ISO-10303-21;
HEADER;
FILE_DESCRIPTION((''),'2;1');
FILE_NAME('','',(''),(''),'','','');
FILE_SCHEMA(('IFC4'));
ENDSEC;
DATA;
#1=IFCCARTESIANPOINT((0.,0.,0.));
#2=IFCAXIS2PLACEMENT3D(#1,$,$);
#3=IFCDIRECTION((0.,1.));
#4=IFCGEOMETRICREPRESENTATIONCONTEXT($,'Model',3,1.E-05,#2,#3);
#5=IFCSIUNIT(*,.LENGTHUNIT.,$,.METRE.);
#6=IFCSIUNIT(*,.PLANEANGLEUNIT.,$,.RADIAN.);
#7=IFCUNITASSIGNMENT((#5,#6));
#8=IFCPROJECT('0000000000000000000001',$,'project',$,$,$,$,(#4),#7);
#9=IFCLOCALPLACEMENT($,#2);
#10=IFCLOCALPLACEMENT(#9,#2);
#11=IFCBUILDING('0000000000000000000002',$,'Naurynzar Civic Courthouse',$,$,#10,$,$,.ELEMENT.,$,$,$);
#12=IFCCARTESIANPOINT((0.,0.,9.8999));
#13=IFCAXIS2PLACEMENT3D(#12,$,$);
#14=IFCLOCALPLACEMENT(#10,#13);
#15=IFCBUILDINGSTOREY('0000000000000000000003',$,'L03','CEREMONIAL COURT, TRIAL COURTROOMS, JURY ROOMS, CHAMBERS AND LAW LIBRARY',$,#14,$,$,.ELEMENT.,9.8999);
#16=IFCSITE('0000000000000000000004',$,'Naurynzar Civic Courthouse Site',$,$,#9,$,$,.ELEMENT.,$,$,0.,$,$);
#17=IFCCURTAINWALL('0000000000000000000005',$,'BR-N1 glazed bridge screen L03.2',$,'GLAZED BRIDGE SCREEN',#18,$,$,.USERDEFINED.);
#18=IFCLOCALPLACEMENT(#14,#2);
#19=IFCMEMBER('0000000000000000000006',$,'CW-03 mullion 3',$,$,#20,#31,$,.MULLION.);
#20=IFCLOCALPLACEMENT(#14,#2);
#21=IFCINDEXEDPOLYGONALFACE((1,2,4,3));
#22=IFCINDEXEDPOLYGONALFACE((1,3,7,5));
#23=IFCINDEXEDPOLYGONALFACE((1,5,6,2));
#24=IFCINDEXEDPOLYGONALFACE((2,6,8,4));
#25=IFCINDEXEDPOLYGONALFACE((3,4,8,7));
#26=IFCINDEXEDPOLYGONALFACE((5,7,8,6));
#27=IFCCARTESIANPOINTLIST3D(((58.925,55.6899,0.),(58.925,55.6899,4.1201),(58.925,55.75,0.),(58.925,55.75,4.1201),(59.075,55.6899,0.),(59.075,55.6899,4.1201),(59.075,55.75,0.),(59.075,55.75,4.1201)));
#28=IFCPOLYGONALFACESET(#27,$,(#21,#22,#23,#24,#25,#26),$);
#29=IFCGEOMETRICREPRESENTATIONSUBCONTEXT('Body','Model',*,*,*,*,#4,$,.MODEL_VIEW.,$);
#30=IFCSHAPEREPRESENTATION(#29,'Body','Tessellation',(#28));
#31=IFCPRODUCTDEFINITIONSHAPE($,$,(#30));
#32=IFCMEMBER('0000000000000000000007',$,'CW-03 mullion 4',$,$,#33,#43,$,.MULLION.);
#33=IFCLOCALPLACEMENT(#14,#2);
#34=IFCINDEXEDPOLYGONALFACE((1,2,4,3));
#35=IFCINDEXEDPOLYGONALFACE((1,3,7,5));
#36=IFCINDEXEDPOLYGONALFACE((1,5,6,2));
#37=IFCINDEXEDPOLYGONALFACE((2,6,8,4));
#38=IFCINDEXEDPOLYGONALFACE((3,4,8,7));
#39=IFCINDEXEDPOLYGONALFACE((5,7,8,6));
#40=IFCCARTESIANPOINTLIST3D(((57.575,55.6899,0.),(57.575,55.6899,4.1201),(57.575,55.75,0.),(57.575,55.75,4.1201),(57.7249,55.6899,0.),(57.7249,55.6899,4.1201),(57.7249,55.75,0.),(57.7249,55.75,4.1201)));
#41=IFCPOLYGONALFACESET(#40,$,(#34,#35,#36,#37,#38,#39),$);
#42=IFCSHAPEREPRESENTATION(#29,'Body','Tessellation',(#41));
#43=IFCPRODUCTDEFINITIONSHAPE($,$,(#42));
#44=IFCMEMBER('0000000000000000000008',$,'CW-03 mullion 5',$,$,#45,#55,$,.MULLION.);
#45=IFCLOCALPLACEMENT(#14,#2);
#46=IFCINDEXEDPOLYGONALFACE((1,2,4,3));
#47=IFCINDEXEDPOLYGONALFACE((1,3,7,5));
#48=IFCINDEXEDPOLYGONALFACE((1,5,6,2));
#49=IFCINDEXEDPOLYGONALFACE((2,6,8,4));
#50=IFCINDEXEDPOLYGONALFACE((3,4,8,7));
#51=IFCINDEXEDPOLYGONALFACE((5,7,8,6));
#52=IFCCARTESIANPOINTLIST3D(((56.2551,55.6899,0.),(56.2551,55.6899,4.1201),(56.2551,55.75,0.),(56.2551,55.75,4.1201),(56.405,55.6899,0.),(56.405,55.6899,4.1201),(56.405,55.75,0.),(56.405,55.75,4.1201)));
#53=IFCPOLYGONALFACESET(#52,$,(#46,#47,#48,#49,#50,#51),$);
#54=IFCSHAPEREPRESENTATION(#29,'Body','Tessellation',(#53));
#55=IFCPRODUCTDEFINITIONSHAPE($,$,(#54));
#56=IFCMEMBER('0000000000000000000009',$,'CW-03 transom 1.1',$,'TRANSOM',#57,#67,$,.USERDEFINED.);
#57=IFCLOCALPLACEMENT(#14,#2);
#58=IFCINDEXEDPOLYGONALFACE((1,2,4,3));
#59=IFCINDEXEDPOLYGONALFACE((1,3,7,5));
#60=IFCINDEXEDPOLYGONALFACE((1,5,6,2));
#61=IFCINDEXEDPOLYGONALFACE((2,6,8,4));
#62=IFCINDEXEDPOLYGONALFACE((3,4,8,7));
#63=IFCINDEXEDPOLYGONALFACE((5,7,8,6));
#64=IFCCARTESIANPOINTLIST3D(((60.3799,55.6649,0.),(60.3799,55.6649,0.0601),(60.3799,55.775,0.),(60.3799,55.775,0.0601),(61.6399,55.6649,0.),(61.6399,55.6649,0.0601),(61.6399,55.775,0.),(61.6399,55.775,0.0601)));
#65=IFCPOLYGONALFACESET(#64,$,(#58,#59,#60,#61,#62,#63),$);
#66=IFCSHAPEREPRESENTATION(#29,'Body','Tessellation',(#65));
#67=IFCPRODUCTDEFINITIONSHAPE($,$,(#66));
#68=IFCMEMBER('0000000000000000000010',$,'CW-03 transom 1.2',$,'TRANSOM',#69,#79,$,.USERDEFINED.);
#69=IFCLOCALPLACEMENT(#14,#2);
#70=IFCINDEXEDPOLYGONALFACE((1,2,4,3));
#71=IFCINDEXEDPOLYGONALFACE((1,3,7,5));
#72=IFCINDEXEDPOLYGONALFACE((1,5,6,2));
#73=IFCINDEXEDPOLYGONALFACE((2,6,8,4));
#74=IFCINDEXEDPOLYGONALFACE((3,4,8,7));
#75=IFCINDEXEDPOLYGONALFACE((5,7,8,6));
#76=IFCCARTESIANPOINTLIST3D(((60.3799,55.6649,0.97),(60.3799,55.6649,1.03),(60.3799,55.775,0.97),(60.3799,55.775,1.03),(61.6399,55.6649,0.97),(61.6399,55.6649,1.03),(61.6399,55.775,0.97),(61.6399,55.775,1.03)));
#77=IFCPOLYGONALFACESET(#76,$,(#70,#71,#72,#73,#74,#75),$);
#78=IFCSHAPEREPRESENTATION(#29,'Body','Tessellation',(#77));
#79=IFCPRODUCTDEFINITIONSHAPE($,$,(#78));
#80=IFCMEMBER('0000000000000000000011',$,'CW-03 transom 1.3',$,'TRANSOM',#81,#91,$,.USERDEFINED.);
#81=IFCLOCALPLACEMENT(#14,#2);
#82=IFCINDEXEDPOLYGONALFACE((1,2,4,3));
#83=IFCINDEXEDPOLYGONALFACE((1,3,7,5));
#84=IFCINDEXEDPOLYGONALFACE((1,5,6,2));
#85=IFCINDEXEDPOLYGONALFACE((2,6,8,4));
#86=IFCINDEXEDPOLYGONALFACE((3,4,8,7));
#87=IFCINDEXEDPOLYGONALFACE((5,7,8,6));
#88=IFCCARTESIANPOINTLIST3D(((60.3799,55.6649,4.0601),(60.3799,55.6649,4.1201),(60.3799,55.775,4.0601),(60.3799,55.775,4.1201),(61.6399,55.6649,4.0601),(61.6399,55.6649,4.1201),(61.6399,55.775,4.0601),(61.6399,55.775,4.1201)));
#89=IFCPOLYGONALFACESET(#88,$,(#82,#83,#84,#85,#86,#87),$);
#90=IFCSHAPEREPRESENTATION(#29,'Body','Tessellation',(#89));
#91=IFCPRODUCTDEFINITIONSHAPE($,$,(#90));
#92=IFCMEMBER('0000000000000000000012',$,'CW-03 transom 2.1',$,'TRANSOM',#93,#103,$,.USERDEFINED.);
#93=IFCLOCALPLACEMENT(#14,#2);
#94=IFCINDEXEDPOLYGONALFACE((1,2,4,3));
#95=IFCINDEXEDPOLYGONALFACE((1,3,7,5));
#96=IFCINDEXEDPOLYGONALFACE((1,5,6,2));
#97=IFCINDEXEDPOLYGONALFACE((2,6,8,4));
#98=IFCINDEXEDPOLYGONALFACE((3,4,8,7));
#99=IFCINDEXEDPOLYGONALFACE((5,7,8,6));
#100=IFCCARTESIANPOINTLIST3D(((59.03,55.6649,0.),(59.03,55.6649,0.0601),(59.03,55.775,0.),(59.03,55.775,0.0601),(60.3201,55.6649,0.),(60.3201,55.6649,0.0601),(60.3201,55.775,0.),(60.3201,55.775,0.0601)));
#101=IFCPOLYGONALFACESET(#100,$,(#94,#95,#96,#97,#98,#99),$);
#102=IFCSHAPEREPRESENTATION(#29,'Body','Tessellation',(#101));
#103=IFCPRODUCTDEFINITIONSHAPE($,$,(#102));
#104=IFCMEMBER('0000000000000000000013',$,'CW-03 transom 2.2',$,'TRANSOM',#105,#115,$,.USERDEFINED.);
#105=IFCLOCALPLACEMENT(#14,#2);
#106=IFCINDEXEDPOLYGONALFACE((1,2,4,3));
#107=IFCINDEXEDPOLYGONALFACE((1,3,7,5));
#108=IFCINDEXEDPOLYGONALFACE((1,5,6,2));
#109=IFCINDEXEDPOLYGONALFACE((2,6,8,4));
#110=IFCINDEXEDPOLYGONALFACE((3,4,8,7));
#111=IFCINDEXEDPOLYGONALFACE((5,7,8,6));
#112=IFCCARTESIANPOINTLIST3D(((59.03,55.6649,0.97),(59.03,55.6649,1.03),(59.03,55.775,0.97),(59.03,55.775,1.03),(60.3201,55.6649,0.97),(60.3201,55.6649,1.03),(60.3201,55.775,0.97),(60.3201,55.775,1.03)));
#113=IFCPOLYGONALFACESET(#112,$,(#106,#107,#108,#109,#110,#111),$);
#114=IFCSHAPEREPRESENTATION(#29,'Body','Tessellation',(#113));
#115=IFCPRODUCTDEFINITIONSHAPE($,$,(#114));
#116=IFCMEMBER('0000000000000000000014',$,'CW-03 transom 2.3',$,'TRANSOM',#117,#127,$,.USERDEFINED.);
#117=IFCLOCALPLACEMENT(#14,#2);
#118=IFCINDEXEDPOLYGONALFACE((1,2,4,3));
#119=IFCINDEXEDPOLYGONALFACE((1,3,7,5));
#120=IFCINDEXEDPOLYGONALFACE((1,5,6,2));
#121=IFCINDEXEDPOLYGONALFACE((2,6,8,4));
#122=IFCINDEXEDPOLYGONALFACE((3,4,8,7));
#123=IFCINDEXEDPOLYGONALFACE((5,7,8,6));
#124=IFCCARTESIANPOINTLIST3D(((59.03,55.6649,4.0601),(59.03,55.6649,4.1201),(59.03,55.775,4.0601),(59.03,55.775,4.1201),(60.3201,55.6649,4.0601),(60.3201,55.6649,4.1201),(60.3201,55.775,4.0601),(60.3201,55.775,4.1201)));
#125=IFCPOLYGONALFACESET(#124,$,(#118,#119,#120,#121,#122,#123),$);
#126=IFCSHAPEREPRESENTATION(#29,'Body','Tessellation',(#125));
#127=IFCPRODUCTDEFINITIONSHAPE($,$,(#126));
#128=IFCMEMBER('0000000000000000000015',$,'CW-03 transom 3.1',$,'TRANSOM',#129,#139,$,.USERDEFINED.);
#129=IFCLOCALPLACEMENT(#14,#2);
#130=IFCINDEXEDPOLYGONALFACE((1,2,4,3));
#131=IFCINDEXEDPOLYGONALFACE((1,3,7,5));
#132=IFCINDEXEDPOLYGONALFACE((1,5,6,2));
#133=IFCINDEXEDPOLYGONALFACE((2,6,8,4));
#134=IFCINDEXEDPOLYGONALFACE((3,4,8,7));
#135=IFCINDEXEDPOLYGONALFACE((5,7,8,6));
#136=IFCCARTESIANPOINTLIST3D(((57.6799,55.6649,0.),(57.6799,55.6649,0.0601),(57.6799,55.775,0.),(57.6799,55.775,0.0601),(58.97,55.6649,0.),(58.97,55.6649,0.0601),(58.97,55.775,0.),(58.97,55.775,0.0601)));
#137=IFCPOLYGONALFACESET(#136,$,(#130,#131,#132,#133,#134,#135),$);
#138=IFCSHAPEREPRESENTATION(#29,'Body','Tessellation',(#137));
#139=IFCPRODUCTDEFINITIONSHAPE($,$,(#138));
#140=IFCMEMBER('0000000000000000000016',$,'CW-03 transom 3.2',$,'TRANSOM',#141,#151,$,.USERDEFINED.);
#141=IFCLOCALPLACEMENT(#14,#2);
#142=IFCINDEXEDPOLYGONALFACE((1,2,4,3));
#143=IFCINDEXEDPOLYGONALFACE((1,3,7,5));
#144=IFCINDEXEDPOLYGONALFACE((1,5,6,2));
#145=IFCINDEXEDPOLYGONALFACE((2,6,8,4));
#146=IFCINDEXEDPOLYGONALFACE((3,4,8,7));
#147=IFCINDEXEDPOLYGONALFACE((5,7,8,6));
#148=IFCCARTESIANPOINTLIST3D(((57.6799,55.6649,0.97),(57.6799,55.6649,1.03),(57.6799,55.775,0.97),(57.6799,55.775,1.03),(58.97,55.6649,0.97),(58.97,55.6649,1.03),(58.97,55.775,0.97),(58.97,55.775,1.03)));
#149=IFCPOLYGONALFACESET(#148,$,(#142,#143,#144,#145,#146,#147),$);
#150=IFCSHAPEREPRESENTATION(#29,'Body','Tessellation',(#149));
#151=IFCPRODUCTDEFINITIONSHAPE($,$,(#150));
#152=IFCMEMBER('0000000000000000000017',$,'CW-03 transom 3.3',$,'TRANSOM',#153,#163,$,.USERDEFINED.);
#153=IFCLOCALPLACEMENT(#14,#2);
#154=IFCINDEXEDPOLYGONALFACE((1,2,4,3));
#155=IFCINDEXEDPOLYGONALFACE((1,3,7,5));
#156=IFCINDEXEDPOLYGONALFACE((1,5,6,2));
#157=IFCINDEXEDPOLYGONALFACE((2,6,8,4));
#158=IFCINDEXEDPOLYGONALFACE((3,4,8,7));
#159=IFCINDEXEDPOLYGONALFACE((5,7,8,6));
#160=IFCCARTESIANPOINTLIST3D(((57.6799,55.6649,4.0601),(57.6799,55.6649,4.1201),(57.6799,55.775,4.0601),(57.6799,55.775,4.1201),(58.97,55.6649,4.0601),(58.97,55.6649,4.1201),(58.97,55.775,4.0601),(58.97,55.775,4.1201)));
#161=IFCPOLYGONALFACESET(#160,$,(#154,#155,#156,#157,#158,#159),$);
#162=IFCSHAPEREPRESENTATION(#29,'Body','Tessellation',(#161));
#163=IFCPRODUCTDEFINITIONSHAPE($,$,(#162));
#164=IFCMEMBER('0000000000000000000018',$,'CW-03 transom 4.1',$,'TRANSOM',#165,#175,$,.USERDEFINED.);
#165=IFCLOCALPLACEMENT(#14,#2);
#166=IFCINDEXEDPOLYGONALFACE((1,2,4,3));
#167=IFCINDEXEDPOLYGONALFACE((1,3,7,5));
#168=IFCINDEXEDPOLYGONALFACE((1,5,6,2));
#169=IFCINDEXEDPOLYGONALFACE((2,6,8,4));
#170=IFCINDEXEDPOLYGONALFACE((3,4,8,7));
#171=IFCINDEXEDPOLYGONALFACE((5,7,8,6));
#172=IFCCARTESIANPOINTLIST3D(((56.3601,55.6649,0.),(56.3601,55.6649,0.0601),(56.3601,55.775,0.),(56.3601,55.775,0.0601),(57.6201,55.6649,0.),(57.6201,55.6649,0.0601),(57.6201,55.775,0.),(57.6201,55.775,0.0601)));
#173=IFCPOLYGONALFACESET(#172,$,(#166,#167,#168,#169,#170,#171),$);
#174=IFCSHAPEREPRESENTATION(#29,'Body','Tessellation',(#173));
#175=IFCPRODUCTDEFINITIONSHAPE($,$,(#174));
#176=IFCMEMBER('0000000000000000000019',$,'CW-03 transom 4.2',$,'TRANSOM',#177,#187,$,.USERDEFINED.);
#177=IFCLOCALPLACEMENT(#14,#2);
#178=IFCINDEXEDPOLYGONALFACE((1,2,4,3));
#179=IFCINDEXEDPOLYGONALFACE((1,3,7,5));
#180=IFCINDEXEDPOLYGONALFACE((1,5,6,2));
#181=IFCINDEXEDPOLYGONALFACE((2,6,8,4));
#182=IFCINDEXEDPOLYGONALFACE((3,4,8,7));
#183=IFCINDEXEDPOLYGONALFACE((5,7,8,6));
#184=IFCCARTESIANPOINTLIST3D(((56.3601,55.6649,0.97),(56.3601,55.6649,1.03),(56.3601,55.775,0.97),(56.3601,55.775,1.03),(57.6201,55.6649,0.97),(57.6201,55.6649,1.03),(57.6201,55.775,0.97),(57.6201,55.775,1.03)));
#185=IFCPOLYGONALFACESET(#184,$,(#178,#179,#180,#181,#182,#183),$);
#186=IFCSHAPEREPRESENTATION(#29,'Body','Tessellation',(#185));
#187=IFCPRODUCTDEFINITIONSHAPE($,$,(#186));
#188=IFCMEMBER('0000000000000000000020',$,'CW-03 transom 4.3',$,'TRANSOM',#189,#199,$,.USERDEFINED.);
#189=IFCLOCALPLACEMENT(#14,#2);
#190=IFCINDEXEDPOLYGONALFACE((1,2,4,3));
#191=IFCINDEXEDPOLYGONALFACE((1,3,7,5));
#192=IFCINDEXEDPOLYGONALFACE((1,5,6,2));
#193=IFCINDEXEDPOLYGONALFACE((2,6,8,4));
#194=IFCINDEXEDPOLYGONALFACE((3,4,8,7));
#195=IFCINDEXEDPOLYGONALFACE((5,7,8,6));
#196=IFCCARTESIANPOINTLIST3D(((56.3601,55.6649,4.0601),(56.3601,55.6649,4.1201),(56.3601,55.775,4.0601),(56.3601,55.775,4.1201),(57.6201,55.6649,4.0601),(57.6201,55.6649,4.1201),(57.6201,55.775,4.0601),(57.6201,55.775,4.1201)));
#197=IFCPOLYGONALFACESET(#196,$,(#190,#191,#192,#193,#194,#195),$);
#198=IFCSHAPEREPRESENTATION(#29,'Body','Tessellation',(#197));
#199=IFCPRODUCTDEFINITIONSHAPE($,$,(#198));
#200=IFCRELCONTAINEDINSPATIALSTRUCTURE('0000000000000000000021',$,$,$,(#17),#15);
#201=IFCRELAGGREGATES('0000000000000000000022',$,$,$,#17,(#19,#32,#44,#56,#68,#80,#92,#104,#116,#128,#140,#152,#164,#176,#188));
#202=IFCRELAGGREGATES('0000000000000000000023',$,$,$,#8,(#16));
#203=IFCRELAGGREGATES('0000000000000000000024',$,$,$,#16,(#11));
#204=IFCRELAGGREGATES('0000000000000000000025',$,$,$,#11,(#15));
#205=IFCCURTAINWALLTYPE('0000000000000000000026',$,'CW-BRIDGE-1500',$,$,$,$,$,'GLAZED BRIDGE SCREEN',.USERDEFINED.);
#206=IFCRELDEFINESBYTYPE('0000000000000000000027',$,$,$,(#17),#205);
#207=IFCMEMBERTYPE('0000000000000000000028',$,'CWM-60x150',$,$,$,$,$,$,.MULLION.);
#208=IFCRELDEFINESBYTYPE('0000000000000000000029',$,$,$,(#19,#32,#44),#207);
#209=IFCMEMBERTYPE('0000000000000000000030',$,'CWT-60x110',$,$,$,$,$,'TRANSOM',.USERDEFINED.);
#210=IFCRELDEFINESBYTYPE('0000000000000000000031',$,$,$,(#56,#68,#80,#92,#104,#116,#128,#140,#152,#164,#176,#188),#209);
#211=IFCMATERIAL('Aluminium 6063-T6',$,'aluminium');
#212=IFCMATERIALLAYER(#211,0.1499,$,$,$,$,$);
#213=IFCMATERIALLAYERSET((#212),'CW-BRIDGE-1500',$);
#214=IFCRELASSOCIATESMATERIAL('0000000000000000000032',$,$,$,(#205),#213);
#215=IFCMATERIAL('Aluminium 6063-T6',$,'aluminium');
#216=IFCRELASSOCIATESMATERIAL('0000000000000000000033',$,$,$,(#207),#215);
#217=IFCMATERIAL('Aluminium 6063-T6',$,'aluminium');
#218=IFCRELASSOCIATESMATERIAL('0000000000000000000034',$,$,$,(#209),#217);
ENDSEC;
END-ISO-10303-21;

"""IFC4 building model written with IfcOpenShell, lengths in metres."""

from ifc_helpers import new_model, si_unit, direction, frame, origin, origin_2d, place, context, subcontext, project, spatial, rectangle, extrude, material, layer, layer_set, material_profile, profile_set, type_object, element, aggregate, save


model = new_model("IFC4")

# Units and contexts
model_context = context("Model", 3, precision=1e-05, world=origin(), true_north=direction((0.0, 1.0)))
body_context = subcontext(model_context, "Body", "Model", "MODEL_VIEW")
ifc_project = project(units=[si_unit("LENGTHUNIT", "METRE"), si_unit("PLANEANGLEUNIT", "RADIAN")], contexts=[model_context])

# Site, building, storey
site_placement = place(None, origin())
site = spatial("IfcSite", under=ifc_project, at=site_placement, Name="Naurynzar Civic Courthouse Site", CompositionType="ELEMENT", RefElevation=0.0)
building_placement = place(site_placement, origin())
building = spatial("IfcBuilding", under=site, at=building_placement, Name="Naurynzar Civic Courthouse", CompositionType="ELEMENT")
storey_placement = place(building_placement, frame((0.0, 0.0, 9.8999)))
storey = spatial("IfcBuildingStorey", under=building, at=storey_placement, Name="L03", Description="CEREMONIAL COURT, TRIAL COURTROOMS, JURY ROOMS, CHAMBERS AND LAW LIBRARY", CompositionType="ELEMENT", Elevation=9.8999)

# Curtain wall, members
ifc_material_1 = material(Name="Aluminium 6063-T6", Category="aluminium")
ifc_layer_1 = layer(ifc_material_1, 0.1499)
ifc_layer_set_1 = layer_set([ifc_layer_1], Name="CW-BRIDGE-1500")
curtain_wall_type = type_object("IfcCurtainWallType", Name="CW-BRIDGE-1500", ElementType="GLAZED BRIDGE SCREEN", PredefinedType="USERDEFINED", material=ifc_layer_set_1)
curtain_wall_placement = place(storey_placement, origin())
curtain_wall = element("IfcCurtainWall", 1, at=curtain_wall_placement, inside=storey, type_object=curtain_wall_type, Name="BR-N1 glazed bridge screen L03.2", ObjectType="GLAZED BRIDGE SCREEN", PredefinedType="USERDEFINED")
ifc_material_2 = material(Name="Aluminium 6063-T6", Category="aluminium")
ifc_material_profile_1 = material_profile(ifc_material_2, rectangle(XDim=0.0601, YDim=0.1499, at=origin_2d()), Name="ALU MULLION 60x150")
ifc_profile_set_1 = profile_set([ifc_material_profile_1], Name="Aluminium 6063-T6")
member_type_1 = type_object("IfcMemberType", Name="CWM-60x150", PredefinedType="MULLION", material=ifc_profile_set_1)
member_1_placement = place(storey_placement, frame((59.0, 55.72, 0.0), z_axis=(0.0, 0.0, 1.0), x_axis=(0.0, -1.0, 0.0)))
member_1 = element("IfcMember", 2, at=member_1_placement, type_object=member_type_1, Name="CW-03 mullion 3", PredefinedType="MULLION", context=body_context, shape_type="SweptSolid", body=[
    extrude(rectangle(XDim=0.0601, YDim=0.1499, at=origin_2d()), origin(), (0.0, 0.0, 1.0), 4.1201),
])
member_2_placement = place(storey_placement, frame((57.6499, 55.72, 0.0), z_axis=(0.0, 0.0, 1.0), x_axis=(0.0, -1.0, 0.0)))
member_2 = element("IfcMember", 3, at=member_2_placement, type_object=member_type_1, Name="CW-03 mullion 4", PredefinedType="MULLION", context=body_context, shape_type="SweptSolid", body=[
    extrude(rectangle(XDim=0.0601, YDim=0.1499, at=origin_2d()), origin(), (0.0, 0.0, 1.0), 4.1201),
])
member_3_placement = place(storey_placement, frame((56.3301, 55.72, 0.0), z_axis=(0.0, 0.0, 1.0), x_axis=(0.0, -1.0, 0.0)))
member_3 = element("IfcMember", 4, at=member_3_placement, type_object=member_type_1, Name="CW-03 mullion 5", PredefinedType="MULLION", context=body_context, shape_type="SweptSolid", body=[
    extrude(rectangle(XDim=0.0601, YDim=0.1499, at=origin_2d()), origin(), (0.0, 0.0, 1.0), 4.1201),
])
ifc_material_3 = material(Name="Aluminium 6063-T6", Category="aluminium")
ifc_material_profile_2 = material_profile(ifc_material_3, rectangle(XDim=0.1101, YDim=0.0601, at=origin_2d()), Name="ALU TRANSOM 60x110")
ifc_profile_set_2 = profile_set([ifc_material_profile_2], Name="Aluminium 6063-T6")
member_type_2 = type_object("IfcMemberType", Name="CWT-60x110", ElementType="TRANSOM", PredefinedType="USERDEFINED", material=ifc_profile_set_2)
member_4_placement = place(storey_placement, frame((61.6399, 55.72, 0.03), z_axis=(-1.0, 0.0, 0.0), x_axis=(0.0, -1.0, 0.0)))
member_4 = element("IfcMember", 5, at=member_4_placement, type_object=member_type_2, Name="CW-03 transom 1.1", ObjectType="TRANSOM", PredefinedType="USERDEFINED", context=body_context, shape_type="SweptSolid", body=[
    extrude(rectangle(XDim=0.1101, YDim=0.0601, at=origin_2d()), origin(), (0.0, 0.0, 1.0), 1.26),
])
member_5_placement = place(storey_placement, frame((61.6399, 55.72, 1.0), z_axis=(-1.0, 0.0, 0.0), x_axis=(0.0, -1.0, 0.0)))
member_5 = element("IfcMember", 6, at=member_5_placement, type_object=member_type_2, Name="CW-03 transom 1.2", ObjectType="TRANSOM", PredefinedType="USERDEFINED", context=body_context, shape_type="SweptSolid", body=[
    extrude(rectangle(XDim=0.1101, YDim=0.0601, at=origin_2d()), origin(), (0.0, 0.0, 1.0), 1.26),
])
member_6_placement = place(storey_placement, frame((61.6399, 55.72, 4.0901), z_axis=(-1.0, 0.0, 0.0), x_axis=(0.0, -1.0, 0.0)))
member_6 = element("IfcMember", 7, at=member_6_placement, type_object=member_type_2, Name="CW-03 transom 1.3", ObjectType="TRANSOM", PredefinedType="USERDEFINED", context=body_context, shape_type="SweptSolid", body=[
    extrude(rectangle(XDim=0.1101, YDim=0.0601, at=origin_2d()), origin(), (0.0, 0.0, 1.0), 1.26),
])
member_7_placement = place(storey_placement, frame((60.3201, 55.72, 0.03), z_axis=(-1.0, 0.0, 0.0), x_axis=(0.0, -1.0, 0.0)))
member_7 = element("IfcMember", 8, at=member_7_placement, type_object=member_type_2, Name="CW-03 transom 2.1", ObjectType="TRANSOM", PredefinedType="USERDEFINED", context=body_context, shape_type="SweptSolid", body=[
    extrude(rectangle(XDim=0.1101, YDim=0.0601, at=origin_2d()), origin(), (0.0, 0.0, 1.0), 1.29),
])
member_8_placement = place(storey_placement, frame((60.3201, 55.72, 1.0), z_axis=(-1.0, 0.0, 0.0), x_axis=(0.0, -1.0, 0.0)))
member_8 = element("IfcMember", 9, at=member_8_placement, type_object=member_type_2, Name="CW-03 transom 2.2", ObjectType="TRANSOM", PredefinedType="USERDEFINED", context=body_context, shape_type="SweptSolid", body=[
    extrude(rectangle(XDim=0.1101, YDim=0.0601, at=origin_2d()), origin(), (0.0, 0.0, 1.0), 1.29),
])
member_9_placement = place(storey_placement, frame((60.3201, 55.72, 4.0901), z_axis=(-1.0, 0.0, 0.0), x_axis=(0.0, -1.0, 0.0)))
member_9 = element("IfcMember", 10, at=member_9_placement, type_object=member_type_2, Name="CW-03 transom 2.3", ObjectType="TRANSOM", PredefinedType="USERDEFINED", context=body_context, shape_type="SweptSolid", body=[
    extrude(rectangle(XDim=0.1101, YDim=0.0601, at=origin_2d()), origin(), (0.0, 0.0, 1.0), 1.29),
])
member_10_placement = place(storey_placement, frame((58.97, 55.72, 0.03), z_axis=(-1.0, 0.0, 0.0), x_axis=(0.0, -1.0, 0.0)))
member_10 = element("IfcMember", 11, at=member_10_placement, type_object=member_type_2, Name="CW-03 transom 3.1", ObjectType="TRANSOM", PredefinedType="USERDEFINED", context=body_context, shape_type="SweptSolid", body=[
    extrude(rectangle(XDim=0.1101, YDim=0.0601, at=origin_2d()), origin(), (0.0, 0.0, 1.0), 1.29),
])
member_11_placement = place(storey_placement, frame((58.97, 55.72, 1.0), z_axis=(-1.0, 0.0, 0.0), x_axis=(0.0, -1.0, 0.0)))
member_11 = element("IfcMember", 12, at=member_11_placement, type_object=member_type_2, Name="CW-03 transom 3.2", ObjectType="TRANSOM", PredefinedType="USERDEFINED", context=body_context, shape_type="SweptSolid", body=[
    extrude(rectangle(XDim=0.1101, YDim=0.0601, at=origin_2d()), origin(), (0.0, 0.0, 1.0), 1.29),
])
member_12_placement = place(storey_placement, frame((58.97, 55.72, 4.0901), z_axis=(-1.0, 0.0, 0.0), x_axis=(0.0, -1.0, 0.0)))
member_12 = element("IfcMember", 13, at=member_12_placement, type_object=member_type_2, Name="CW-03 transom 3.3", ObjectType="TRANSOM", PredefinedType="USERDEFINED", context=body_context, shape_type="SweptSolid", body=[
    extrude(rectangle(XDim=0.1101, YDim=0.0601, at=origin_2d()), origin(), (0.0, 0.0, 1.0), 1.29),
])
member_13_placement = place(storey_placement, frame((57.6201, 55.72, 0.03), z_axis=(-1.0, 0.0, 0.0), x_axis=(0.0, -1.0, 0.0)))
member_13 = element("IfcMember", 14, at=member_13_placement, type_object=member_type_2, Name="CW-03 transom 4.1", ObjectType="TRANSOM", PredefinedType="USERDEFINED", context=body_context, shape_type="SweptSolid", body=[
    extrude(rectangle(XDim=0.1101, YDim=0.0601, at=origin_2d()), origin(), (0.0, 0.0, 1.0), 1.26),
])
member_14_placement = place(storey_placement, frame((57.6201, 55.72, 1.0), z_axis=(-1.0, 0.0, 0.0), x_axis=(0.0, -1.0, 0.0)))
member_14 = element("IfcMember", 15, at=member_14_placement, type_object=member_type_2, Name="CW-03 transom 4.2", ObjectType="TRANSOM", PredefinedType="USERDEFINED", context=body_context, shape_type="SweptSolid", body=[
    extrude(rectangle(XDim=0.1101, YDim=0.0601, at=origin_2d()), origin(), (0.0, 0.0, 1.0), 1.26),
])
member_15_placement = place(storey_placement, frame((57.6201, 55.72, 4.0901), z_axis=(-1.0, 0.0, 0.0), x_axis=(0.0, -1.0, 0.0)))
member_15 = element("IfcMember", 16, at=member_15_placement, type_object=member_type_2, Name="CW-03 transom 4.3", ObjectType="TRANSOM", PredefinedType="USERDEFINED", context=body_context, shape_type="SweptSolid", body=[
    extrude(rectangle(XDim=0.1101, YDim=0.0601, at=origin_2d()), origin(), (0.0, 0.0, 1.0), 1.26),
])
aggregate(curtain_wall, [member_1, member_2, member_3, member_4, member_5, member_6, member_7, member_8, member_9, member_10, member_11, member_12, member_13, member_14, member_15])

save(model, "model.ifc")
